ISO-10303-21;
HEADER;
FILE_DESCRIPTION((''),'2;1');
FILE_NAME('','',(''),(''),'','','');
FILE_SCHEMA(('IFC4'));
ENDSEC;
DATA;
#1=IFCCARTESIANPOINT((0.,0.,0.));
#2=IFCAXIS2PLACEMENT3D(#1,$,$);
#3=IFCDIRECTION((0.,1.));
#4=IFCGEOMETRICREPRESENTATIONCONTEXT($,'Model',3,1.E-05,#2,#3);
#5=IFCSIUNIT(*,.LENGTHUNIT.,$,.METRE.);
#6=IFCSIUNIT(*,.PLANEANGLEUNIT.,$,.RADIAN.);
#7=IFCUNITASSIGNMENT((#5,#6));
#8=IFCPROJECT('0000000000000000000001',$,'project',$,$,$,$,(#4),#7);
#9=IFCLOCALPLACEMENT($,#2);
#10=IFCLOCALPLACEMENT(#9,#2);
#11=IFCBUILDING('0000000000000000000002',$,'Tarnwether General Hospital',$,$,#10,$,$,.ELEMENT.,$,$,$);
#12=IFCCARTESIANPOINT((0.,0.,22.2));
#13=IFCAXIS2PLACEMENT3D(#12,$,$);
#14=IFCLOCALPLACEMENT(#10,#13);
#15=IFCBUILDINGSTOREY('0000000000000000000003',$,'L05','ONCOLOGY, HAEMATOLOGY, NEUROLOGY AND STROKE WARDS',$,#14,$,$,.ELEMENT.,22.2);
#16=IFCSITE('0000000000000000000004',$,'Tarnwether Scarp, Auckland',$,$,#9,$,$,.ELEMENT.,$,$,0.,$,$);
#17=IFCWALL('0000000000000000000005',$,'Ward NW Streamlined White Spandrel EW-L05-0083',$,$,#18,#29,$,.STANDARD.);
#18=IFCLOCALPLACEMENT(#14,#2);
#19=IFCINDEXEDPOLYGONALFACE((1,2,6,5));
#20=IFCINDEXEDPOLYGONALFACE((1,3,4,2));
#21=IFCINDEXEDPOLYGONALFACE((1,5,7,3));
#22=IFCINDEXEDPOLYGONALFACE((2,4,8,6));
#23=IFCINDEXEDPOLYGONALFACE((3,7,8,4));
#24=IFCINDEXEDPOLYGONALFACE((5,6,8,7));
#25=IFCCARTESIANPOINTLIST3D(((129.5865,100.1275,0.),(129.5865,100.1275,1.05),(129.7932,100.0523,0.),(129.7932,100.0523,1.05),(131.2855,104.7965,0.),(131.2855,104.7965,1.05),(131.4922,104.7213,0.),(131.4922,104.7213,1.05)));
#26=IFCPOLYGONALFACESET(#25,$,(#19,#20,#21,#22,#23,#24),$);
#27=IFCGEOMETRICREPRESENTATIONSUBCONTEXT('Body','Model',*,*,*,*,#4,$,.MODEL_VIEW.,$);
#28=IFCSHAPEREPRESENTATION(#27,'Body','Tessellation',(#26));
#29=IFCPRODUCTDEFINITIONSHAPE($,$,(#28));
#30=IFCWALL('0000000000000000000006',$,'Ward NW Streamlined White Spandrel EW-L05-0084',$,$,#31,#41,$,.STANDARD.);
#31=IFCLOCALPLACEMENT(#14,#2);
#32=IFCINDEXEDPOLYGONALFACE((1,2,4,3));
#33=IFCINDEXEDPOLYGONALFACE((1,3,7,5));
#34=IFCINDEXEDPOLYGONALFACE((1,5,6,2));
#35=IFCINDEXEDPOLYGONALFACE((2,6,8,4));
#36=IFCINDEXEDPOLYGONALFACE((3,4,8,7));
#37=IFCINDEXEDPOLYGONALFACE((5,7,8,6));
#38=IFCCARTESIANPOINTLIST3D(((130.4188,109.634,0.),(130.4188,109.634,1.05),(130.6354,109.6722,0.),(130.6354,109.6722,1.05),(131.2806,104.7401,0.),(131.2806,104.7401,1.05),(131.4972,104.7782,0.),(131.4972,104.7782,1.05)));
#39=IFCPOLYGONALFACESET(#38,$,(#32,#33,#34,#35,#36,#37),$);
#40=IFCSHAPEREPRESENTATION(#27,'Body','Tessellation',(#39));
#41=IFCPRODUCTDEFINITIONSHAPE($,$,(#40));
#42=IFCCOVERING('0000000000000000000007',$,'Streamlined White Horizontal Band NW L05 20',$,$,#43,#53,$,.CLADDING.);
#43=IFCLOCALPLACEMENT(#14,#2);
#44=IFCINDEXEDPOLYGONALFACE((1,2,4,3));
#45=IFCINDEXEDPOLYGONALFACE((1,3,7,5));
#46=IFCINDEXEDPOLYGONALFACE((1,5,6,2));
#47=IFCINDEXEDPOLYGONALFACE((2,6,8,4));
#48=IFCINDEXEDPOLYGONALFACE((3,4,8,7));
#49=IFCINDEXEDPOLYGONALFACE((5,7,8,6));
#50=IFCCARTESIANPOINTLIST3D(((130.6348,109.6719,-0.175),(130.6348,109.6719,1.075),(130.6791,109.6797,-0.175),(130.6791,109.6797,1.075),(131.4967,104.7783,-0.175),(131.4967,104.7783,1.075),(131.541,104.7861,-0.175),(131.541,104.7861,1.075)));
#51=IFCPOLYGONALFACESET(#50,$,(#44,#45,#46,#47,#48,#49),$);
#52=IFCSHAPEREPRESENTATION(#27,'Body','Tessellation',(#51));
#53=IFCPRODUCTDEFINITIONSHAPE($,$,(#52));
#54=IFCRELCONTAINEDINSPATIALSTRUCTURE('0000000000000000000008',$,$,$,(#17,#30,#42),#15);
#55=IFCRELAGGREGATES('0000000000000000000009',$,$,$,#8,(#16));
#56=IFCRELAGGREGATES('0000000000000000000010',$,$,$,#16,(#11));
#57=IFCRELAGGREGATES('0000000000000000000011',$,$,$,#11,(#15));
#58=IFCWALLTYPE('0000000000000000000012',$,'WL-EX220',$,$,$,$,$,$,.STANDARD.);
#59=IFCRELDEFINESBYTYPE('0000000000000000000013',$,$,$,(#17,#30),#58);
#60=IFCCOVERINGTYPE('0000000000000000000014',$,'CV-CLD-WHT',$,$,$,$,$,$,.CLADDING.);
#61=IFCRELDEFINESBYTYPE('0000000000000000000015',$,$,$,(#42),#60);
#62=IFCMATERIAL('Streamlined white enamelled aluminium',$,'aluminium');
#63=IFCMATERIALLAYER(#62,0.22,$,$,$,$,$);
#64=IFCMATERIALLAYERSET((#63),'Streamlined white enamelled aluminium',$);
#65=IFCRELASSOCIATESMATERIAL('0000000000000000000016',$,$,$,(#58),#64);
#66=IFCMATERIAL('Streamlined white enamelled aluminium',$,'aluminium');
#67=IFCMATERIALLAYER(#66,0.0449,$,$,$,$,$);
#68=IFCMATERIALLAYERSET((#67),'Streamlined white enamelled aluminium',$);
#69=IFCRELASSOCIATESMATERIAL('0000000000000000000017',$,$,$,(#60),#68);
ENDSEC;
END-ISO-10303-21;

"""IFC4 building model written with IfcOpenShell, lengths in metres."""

from ifc_helpers import new_model, si_unit, direction, frame, frame_2d, origin, origin_2d, place, context, subcontext, project, spatial, rectangle, extrude, material, layer, layer_set, type_object, element, save


model = new_model("IFC4")

# Units and contexts
model_context = context("Model", 3, precision=1e-05, world=origin(), true_north=direction((0.0, 1.0)))
body_context = subcontext(model_context, "Body", "Model", "MODEL_VIEW")
ifc_project = project(units=[si_unit("LENGTHUNIT", "METRE"), si_unit("PLANEANGLEUNIT", "RADIAN")], contexts=[model_context])

# Site, building, storey
site_placement = place(None, origin())
site = spatial("IfcSite", under=ifc_project, at=site_placement, Name="Tarnwether Scarp, Auckland", CompositionType="ELEMENT", RefElevation=0.0)
building_placement = place(site_placement, origin())
building = spatial("IfcBuilding", under=site, at=building_placement, Name="Tarnwether General Hospital", CompositionType="ELEMENT")
storey_placement = place(building_placement, frame((0.0, 0.0, 22.2)))
storey = spatial("IfcBuildingStorey", under=building, at=storey_placement, Name="L05", Description="ONCOLOGY, HAEMATOLOGY, NEUROLOGY AND STROKE WARDS", CompositionType="ELEMENT", Elevation=22.2)

# Walls
ifc_material_1 = material(Name="Streamlined white enamelled aluminium", Category="aluminium")
ifc_layer_1 = layer(ifc_material_1, 0.22)
ifc_layer_set_1 = layer_set([ifc_layer_1], Name="Streamlined white enamelled aluminium")
wall_type = type_object("IfcWallType", Name="WL-EX220", PredefinedType="STANDARD", material=ifc_layer_set_1)
wall_1_placement = place(storey_placement, frame((131.3889, 104.759, 0.0), z_axis=(0.0, 0.0, 1.0), x_axis=(-0.341952, -0.939717, 0.0)))
element("IfcWall", 1, at=wall_1_placement, inside=storey, type_object=wall_type, Name="Ward NW Streamlined White Spandrel EW-L05-0083", PredefinedType="STANDARD", context=body_context, shape_type="SweptSolid", body=[
    extrude(rectangle(XDim=4.9685, YDim=0.22, at=frame_2d((2.4844, 0.0))), origin(), (0.0, 0.0, 1.0), 1.05),
])
wall_2_placement = place(storey_placement, frame((130.5271, 109.6531, 0.0), z_axis=(0.0, 0.0, 1.0), x_axis=(0.173427, -0.984847, 0.0)))
element("IfcWall", 2, at=wall_2_placement, inside=storey, type_object=wall_type, Name="Ward NW Streamlined White Spandrel EW-L05-0084", PredefinedType="STANDARD", context=body_context, shape_type="SweptSolid", body=[
    extrude(rectangle(XDim=4.9692, YDim=0.22, at=frame_2d((2.4846, 0.0))), origin(), (0.0, 0.0, 1.0), 1.05),
])

# Covering
ifc_material_2 = material(Name="Streamlined white enamelled aluminium", Category="aluminium")
ifc_layer_2 = layer(ifc_material_2, 0.0449)
ifc_layer_set_2 = layer_set([ifc_layer_2], Name="Streamlined white enamelled aluminium")
covering_type = type_object("IfcCoveringType", Name="CV-CLD-WHT", PredefinedType="CLADDING", material=ifc_layer_set_2)
covering_placement = place(storey_placement, frame((131.0879, 107.229, -0.175), z_axis=(0.0, 0.0, 1.0), x_axis=(0.173459, -0.984841, 0.0)))
element("IfcCovering", 3, at=covering_placement, inside=storey, type_object=covering_type, Name="Streamlined White Horizontal Band NW L05 20", PredefinedType="CLADDING", context=body_context, shape_type="SweptSolid", body=[
    extrude(rectangle(XDim=4.969, YDim=0.0449, at=origin_2d()), origin(), (0.0, 0.0, 1.0), 1.25),
])

save(model, "model.ifc")
